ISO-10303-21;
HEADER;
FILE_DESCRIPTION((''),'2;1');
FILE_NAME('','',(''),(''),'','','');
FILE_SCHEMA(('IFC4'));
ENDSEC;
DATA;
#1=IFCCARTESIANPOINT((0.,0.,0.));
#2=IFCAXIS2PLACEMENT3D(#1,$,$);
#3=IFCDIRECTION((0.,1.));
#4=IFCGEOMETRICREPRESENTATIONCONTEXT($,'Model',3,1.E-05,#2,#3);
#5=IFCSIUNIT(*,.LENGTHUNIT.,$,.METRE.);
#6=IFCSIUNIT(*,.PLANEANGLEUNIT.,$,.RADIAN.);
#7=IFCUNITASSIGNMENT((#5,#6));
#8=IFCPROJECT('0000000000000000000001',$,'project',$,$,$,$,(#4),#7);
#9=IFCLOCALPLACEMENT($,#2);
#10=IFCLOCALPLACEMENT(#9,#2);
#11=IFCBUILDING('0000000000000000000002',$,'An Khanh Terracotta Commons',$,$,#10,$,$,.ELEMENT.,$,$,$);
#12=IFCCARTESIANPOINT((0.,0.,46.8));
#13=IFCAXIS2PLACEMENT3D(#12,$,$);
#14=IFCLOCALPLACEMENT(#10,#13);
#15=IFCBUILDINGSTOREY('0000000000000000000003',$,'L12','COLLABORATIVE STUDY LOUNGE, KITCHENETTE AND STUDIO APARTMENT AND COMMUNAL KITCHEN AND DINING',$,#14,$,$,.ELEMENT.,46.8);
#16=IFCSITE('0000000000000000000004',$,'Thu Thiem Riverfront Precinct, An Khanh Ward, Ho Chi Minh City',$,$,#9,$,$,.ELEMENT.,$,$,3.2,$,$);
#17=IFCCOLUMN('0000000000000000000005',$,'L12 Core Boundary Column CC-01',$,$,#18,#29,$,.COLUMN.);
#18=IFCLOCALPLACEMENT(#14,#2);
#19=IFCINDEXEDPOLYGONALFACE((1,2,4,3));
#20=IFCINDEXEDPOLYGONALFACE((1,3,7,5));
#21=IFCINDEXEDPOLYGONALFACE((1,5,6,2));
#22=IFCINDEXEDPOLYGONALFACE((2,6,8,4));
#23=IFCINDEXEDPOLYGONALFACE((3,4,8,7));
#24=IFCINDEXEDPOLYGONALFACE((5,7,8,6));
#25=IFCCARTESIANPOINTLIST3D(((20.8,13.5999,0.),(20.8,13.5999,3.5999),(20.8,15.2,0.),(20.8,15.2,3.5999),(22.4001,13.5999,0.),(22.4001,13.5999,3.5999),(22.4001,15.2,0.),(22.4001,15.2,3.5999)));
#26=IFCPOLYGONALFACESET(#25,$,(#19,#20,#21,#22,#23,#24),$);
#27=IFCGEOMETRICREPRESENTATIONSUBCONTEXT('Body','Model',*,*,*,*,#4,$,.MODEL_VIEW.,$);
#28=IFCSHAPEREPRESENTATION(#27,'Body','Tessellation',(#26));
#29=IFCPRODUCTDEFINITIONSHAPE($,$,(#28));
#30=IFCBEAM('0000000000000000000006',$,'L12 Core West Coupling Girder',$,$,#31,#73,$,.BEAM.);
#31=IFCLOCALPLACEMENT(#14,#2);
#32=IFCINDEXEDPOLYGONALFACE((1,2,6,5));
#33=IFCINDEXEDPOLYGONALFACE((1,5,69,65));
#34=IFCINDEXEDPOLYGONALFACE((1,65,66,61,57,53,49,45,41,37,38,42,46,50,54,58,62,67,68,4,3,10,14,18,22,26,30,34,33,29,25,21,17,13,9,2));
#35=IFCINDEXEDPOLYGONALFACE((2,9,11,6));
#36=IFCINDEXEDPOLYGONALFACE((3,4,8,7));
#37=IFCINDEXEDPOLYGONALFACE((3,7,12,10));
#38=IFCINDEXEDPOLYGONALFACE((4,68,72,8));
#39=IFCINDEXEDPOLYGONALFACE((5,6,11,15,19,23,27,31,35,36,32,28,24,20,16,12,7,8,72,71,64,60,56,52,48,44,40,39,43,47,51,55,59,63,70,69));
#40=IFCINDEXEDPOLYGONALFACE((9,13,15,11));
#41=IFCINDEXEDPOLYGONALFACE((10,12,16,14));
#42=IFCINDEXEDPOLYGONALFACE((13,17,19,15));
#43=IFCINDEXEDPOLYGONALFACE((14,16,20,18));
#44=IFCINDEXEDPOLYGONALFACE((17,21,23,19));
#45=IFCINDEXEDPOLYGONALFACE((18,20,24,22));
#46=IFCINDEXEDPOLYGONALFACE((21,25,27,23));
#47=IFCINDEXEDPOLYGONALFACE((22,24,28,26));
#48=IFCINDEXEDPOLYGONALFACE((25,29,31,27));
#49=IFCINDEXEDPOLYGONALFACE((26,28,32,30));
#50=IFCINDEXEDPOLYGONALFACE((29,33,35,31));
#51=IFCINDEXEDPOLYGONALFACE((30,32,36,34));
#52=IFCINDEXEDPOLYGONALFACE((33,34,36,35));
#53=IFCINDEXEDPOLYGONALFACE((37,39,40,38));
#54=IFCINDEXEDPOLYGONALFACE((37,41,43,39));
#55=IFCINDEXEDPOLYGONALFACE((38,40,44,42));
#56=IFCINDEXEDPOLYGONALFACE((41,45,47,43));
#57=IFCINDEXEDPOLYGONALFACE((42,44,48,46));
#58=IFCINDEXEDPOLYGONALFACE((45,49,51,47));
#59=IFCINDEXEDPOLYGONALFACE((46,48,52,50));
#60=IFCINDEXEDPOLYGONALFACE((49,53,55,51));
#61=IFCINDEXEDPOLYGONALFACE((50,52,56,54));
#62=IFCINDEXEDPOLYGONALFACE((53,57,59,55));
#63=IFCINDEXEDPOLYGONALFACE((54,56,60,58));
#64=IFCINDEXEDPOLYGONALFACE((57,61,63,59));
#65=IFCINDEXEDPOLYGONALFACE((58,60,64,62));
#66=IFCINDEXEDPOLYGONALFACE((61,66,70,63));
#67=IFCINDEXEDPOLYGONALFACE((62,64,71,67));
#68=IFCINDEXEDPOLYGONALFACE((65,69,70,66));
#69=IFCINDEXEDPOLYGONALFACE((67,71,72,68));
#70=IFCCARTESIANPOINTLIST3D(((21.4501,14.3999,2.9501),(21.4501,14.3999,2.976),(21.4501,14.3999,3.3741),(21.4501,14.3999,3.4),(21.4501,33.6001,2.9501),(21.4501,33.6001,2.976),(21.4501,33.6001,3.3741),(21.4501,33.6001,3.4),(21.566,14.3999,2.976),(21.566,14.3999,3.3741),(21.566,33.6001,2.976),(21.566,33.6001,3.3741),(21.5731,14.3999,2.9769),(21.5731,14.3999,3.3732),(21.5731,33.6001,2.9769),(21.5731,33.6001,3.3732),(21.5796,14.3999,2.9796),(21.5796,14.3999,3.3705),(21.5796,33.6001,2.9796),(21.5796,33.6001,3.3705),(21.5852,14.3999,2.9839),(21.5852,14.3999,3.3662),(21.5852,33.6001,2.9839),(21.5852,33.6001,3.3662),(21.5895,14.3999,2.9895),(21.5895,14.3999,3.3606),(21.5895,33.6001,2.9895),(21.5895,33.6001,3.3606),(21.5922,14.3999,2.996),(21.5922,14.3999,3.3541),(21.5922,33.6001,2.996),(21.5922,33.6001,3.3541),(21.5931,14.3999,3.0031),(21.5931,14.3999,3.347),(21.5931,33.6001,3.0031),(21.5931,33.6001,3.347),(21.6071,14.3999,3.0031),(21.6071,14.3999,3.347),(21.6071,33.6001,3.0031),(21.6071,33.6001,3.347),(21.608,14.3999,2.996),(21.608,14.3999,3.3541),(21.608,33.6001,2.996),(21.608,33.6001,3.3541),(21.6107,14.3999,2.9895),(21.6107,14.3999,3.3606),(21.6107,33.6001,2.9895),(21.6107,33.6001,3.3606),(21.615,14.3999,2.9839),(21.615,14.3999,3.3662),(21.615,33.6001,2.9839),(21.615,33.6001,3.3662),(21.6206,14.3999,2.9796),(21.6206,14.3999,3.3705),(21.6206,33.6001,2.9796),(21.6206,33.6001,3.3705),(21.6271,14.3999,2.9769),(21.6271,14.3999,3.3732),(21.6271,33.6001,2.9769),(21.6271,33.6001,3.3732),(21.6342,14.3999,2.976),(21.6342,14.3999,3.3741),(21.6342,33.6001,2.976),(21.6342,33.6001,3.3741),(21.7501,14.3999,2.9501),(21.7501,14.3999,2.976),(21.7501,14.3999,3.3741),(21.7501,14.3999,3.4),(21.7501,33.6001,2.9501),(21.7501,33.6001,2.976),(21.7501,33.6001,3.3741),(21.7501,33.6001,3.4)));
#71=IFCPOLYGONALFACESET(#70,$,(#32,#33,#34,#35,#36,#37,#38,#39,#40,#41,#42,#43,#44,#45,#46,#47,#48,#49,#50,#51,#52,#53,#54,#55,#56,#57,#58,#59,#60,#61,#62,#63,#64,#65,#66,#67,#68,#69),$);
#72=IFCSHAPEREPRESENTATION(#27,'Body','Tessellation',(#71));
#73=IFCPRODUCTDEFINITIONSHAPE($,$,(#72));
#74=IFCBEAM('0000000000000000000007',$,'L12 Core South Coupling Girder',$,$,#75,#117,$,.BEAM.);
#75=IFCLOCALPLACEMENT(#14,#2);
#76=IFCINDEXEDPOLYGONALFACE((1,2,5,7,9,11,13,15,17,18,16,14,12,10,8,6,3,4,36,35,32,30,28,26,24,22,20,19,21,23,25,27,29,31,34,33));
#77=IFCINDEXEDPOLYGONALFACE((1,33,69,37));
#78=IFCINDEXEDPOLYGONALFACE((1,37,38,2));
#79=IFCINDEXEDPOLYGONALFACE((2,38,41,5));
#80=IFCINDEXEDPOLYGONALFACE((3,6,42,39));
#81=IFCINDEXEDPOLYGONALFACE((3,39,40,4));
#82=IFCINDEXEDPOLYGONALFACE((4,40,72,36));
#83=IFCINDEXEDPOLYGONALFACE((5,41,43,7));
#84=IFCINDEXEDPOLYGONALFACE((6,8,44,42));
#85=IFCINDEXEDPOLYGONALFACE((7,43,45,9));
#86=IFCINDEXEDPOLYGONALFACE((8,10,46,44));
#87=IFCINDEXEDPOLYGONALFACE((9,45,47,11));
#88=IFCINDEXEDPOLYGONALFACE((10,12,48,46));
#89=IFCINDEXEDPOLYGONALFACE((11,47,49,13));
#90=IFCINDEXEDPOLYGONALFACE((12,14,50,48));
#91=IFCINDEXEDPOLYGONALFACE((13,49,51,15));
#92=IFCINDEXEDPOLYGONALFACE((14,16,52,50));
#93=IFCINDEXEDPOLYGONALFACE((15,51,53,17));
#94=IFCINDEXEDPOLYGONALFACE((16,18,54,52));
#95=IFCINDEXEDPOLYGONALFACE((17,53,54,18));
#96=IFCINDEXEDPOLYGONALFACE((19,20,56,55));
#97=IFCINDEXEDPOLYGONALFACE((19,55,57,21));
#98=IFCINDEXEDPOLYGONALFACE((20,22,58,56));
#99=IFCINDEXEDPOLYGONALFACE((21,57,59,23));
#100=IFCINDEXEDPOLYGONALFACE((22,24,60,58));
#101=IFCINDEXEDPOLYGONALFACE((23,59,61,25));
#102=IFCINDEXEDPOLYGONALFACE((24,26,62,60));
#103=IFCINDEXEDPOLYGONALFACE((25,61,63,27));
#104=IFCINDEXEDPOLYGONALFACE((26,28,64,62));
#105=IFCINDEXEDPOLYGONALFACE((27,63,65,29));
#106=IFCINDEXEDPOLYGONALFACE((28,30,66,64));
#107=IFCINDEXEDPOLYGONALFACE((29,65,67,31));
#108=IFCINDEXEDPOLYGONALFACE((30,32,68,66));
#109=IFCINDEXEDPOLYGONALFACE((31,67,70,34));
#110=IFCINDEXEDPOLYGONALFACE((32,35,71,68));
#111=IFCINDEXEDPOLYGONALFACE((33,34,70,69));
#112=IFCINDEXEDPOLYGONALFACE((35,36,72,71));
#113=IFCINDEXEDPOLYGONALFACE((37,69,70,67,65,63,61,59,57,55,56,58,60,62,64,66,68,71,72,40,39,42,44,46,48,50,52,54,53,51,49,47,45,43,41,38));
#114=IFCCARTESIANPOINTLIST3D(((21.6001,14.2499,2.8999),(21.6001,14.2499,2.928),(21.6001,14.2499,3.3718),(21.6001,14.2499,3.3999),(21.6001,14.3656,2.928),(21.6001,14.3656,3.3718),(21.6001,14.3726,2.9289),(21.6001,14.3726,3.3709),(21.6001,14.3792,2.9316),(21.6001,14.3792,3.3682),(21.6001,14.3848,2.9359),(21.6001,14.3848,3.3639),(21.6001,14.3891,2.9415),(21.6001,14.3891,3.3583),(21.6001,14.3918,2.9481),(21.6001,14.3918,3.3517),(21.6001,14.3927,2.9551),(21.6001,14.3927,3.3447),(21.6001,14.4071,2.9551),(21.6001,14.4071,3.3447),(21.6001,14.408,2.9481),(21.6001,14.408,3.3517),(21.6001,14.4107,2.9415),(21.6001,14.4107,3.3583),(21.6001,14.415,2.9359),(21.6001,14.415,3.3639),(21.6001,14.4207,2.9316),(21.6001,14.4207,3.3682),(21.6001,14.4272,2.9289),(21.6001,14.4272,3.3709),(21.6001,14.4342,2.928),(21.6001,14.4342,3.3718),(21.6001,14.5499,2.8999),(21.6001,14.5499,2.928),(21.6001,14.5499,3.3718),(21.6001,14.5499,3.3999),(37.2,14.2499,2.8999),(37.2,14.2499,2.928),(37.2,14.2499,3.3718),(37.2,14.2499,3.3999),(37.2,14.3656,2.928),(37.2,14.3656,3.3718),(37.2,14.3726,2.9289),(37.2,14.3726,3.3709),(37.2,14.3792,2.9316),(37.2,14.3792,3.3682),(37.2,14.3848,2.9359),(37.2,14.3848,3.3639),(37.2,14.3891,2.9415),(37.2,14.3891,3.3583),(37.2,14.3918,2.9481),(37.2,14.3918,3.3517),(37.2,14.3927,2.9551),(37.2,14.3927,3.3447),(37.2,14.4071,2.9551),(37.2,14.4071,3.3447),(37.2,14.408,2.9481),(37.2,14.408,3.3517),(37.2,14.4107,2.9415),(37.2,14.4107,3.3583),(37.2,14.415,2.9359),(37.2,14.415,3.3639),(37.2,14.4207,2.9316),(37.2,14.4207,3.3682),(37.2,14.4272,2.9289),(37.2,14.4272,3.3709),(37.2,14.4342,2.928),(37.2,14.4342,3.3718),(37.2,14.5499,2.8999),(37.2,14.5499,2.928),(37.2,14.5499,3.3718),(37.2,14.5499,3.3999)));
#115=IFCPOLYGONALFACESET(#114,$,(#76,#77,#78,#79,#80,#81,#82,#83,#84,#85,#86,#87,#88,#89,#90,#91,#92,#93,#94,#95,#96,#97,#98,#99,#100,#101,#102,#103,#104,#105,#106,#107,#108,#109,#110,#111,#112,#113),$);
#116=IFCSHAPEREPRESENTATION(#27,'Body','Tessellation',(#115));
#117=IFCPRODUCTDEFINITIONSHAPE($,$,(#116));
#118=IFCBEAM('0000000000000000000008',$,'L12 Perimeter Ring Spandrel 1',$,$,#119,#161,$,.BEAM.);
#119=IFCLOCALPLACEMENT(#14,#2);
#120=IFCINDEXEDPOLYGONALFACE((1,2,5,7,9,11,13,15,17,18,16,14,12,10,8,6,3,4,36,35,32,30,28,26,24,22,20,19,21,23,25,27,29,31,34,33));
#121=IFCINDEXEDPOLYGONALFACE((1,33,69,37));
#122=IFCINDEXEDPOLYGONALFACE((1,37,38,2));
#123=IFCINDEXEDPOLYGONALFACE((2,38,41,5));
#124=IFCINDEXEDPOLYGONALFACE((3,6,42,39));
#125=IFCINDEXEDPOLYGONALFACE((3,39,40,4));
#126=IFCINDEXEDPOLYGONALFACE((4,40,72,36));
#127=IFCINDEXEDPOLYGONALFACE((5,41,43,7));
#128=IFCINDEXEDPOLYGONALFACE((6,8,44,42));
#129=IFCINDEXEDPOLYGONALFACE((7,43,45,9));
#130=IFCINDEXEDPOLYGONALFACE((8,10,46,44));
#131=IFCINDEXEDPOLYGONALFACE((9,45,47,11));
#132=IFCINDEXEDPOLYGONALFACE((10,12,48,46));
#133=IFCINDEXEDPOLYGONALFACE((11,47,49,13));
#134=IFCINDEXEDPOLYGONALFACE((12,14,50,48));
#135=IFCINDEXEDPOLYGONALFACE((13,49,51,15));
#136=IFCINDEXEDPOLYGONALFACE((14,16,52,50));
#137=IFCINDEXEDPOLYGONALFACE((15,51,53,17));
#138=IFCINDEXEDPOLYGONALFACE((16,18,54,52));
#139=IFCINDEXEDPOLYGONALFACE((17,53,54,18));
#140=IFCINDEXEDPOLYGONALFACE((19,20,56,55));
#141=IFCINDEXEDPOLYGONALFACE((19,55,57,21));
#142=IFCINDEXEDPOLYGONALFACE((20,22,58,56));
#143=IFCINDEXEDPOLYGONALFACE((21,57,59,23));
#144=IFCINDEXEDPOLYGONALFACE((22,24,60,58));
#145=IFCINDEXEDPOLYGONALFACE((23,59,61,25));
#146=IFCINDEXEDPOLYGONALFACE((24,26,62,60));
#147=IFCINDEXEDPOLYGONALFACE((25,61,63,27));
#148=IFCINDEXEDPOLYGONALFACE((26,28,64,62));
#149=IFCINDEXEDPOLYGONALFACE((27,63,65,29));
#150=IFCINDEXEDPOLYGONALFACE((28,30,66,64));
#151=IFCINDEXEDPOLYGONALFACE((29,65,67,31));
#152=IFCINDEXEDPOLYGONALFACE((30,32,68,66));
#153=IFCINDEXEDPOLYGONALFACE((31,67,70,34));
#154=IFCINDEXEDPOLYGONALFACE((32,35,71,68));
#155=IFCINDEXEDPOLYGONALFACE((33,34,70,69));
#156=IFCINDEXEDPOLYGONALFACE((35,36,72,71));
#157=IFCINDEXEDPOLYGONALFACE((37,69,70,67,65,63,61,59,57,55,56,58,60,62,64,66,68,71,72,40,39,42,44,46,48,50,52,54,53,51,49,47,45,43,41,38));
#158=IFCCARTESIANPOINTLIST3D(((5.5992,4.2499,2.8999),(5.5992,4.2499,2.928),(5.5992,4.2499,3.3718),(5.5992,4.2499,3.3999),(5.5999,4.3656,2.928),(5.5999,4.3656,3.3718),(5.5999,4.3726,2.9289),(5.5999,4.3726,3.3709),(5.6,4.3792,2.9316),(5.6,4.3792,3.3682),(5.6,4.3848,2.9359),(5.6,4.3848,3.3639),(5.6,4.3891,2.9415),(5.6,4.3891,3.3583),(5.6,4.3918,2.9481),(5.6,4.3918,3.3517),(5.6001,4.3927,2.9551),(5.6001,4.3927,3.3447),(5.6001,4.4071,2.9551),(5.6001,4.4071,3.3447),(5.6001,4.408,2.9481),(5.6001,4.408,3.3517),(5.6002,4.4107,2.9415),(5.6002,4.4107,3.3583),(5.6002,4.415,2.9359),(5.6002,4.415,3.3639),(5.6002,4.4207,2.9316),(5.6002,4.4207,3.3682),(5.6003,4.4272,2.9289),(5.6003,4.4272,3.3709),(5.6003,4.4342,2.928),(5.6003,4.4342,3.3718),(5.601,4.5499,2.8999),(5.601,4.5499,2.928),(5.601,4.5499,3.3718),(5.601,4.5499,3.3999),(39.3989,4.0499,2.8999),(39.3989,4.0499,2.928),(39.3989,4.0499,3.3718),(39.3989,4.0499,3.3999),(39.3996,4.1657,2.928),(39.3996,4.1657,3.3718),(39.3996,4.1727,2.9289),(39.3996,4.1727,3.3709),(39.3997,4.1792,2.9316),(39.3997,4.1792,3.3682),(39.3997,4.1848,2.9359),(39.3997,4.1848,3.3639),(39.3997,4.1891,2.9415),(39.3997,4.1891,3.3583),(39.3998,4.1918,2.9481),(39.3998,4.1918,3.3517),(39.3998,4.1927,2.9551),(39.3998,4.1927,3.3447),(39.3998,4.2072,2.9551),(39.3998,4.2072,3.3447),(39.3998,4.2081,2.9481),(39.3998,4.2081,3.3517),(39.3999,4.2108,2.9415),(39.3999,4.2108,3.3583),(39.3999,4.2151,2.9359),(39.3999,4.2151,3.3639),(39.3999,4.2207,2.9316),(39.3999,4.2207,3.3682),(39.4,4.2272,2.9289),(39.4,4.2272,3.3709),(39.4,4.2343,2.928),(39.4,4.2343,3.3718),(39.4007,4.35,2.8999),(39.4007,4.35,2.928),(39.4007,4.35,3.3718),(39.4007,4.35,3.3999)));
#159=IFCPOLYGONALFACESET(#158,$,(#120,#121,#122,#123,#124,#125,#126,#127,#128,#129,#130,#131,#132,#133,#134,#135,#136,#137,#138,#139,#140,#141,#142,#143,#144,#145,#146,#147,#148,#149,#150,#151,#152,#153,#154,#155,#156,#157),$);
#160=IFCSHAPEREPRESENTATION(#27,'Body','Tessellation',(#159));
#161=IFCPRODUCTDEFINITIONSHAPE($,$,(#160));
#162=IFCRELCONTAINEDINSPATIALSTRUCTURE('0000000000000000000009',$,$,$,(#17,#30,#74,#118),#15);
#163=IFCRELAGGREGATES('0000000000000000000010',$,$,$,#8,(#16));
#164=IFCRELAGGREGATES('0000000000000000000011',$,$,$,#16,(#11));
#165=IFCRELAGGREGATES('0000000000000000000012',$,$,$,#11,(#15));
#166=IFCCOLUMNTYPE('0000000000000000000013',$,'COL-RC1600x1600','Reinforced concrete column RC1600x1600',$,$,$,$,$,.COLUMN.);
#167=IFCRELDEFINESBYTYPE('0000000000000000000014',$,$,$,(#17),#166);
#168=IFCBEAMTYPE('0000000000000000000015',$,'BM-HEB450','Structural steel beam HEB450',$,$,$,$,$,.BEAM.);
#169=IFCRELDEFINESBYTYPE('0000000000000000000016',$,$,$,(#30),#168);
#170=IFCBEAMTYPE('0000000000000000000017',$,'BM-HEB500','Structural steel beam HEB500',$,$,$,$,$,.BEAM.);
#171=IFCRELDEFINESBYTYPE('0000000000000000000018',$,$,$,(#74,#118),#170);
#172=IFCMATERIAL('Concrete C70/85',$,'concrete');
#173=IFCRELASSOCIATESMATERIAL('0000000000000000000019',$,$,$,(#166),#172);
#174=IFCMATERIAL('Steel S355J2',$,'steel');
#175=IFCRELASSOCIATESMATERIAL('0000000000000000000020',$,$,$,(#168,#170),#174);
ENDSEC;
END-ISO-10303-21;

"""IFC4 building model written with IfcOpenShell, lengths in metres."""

from ifc_helpers import new_model, si_unit, direction, frame, origin, origin_2d, place, context, subcontext, project, spatial, rectangle, i_section, extrude, material, material_profile, profile_set, type_object, element, save


model = new_model("IFC4")

# Units and contexts
model_context = context("Model", 3, precision=1e-05, world=origin(), true_north=direction((0.0, 1.0)))
body_context = subcontext(model_context, "Body", "Model", "MODEL_VIEW")
ifc_project = project(units=[si_unit("LENGTHUNIT", "METRE"), si_unit("PLANEANGLEUNIT", "RADIAN")], contexts=[model_context])

# Site, building, storey
site_placement = place(None, origin())
site = spatial("IfcSite", under=ifc_project, at=site_placement, Name="Thu Thiem Riverfront Precinct, An Khanh Ward, Ho Chi Minh City", CompositionType="ELEMENT", RefElevation=3.2)
building_placement = place(site_placement, origin())
building = spatial("IfcBuilding", under=site, at=building_placement, Name="An Khanh Terracotta Commons", CompositionType="ELEMENT")
storey_placement = place(building_placement, frame((0.0, 0.0, 46.8)))
storey = spatial("IfcBuildingStorey", under=building, at=storey_placement, Name="L12", Description="COLLABORATIVE STUDY LOUNGE, KITCHENETTE AND STUDIO APARTMENT AND COMMUNAL KITCHEN AND DINING", CompositionType="ELEMENT", Elevation=46.8)

# Column
ifc_material_1 = material(Name="Concrete C70/85", Category="concrete")
ifc_material_profile_1 = material_profile(ifc_material_1, rectangle(XDim=1.6001, YDim=1.6001, at=origin_2d()), Name="RC1600x1600")
ifc_profile_set_1 = profile_set([ifc_material_profile_1], Name="Concrete C70/85")
column_type = type_object("IfcColumnType", Name="COL-RC1600x1600", Description="Reinforced concrete column RC1600x1600", PredefinedType="COLUMN", material=ifc_profile_set_1)
column_placement = place(storey_placement, frame((21.6001, 14.3999, 0.0), z_axis=(0.0, 0.0, 1.0), x_axis=(1.0, 0.0, 0.0)))
element("IfcColumn", 1, at=column_placement, inside=storey, type_object=column_type, Name="L12 Core Boundary Column CC-01", PredefinedType="COLUMN", context=body_context, shape_type="SweptSolid", body=[
    extrude(rectangle(XDim=1.6001, YDim=1.6001, at=origin_2d()), origin(), (0.0, 0.0, 1.0), 3.5999),
])

# Beams
ifc_material_2 = material(Name="Steel S355J2", Category="steel")
ifc_material_profile_2 = material_profile(ifc_material_2, i_section(OverallWidth=0.3, OverallDepth=0.45, WebThickness=0.0139, FlangeThickness=0.0259, FilletRadius=0.0271, at=origin_2d()), Name="HEB450")
ifc_profile_set_2 = profile_set([ifc_material_profile_2], Name="Steel S355J2")
beam_type_1 = type_object("IfcBeamType", Name="BM-HEB450", Description="Structural steel beam HEB450", PredefinedType="BEAM", material=ifc_profile_set_2)
beam_1_placement = place(storey_placement, frame((21.6001, 14.3999, 3.175), z_axis=(0.0, 1.0, 0.0), x_axis=(-1.0, 0.0, 0.0)))
element("IfcBeam", 2, at=beam_1_placement, inside=storey, type_object=beam_type_1, Name="L12 Core West Coupling Girder", PredefinedType="BEAM", context=body_context, shape_type="SweptSolid", body=[
    extrude(i_section(OverallWidth=0.3, OverallDepth=0.45, WebThickness=0.0139, FlangeThickness=0.0259, FilletRadius=0.0271, at=origin_2d()), origin(), (0.0, 0.0, 1.0), 19.2002),
])
ifc_material_profile_3 = material_profile(ifc_material_2, i_section(OverallWidth=0.3, OverallDepth=0.5, WebThickness=0.0144, FlangeThickness=0.0281, FilletRadius=0.0271, at=origin_2d()), Name="HEB500")
ifc_profile_set_3 = profile_set([ifc_material_profile_3], Name="Steel S355J2")
beam_type_2 = type_object("IfcBeamType", Name="BM-HEB500", Description="Structural steel beam HEB500", PredefinedType="BEAM", material=ifc_profile_set_3)
beam_2_placement = place(storey_placement, frame((21.6001, 14.3999, 3.1499), z_axis=(1.0, 0.0, 0.0), x_axis=(0.0, 1.0, 0.0)))
element("IfcBeam", 3, at=beam_2_placement, inside=storey, type_object=beam_type_2, Name="L12 Core South Coupling Girder", PredefinedType="BEAM", context=body_context, shape_type="SweptSolid", body=[
    extrude(i_section(OverallWidth=0.3, OverallDepth=0.5, WebThickness=0.0144, FlangeThickness=0.0281, FilletRadius=0.0271, at=origin_2d()), origin(), (0.0, 0.0, 1.0), 15.5999),
])
beam_3_placement = place(storey_placement, frame((5.6001, 4.3999, 3.1499), z_axis=(0.999983, -0.005916, 0.0), x_axis=(0.005916, 0.999983, 0.0)))
element("IfcBeam", 4, at=beam_3_placement, inside=storey, type_object=beam_type_2, Name="L12 Perimeter Ring Spandrel 1", PredefinedType="BEAM", context=body_context, shape_type="SweptSolid", body=[
    extrude(i_section(OverallWidth=0.3, OverallDepth=0.5, WebThickness=0.0144, FlangeThickness=0.0281, FilletRadius=0.0271, at=origin_2d()), origin(), (0.0, 0.0, 1.0), 33.8003),
])

save(model, "model.ifc")
